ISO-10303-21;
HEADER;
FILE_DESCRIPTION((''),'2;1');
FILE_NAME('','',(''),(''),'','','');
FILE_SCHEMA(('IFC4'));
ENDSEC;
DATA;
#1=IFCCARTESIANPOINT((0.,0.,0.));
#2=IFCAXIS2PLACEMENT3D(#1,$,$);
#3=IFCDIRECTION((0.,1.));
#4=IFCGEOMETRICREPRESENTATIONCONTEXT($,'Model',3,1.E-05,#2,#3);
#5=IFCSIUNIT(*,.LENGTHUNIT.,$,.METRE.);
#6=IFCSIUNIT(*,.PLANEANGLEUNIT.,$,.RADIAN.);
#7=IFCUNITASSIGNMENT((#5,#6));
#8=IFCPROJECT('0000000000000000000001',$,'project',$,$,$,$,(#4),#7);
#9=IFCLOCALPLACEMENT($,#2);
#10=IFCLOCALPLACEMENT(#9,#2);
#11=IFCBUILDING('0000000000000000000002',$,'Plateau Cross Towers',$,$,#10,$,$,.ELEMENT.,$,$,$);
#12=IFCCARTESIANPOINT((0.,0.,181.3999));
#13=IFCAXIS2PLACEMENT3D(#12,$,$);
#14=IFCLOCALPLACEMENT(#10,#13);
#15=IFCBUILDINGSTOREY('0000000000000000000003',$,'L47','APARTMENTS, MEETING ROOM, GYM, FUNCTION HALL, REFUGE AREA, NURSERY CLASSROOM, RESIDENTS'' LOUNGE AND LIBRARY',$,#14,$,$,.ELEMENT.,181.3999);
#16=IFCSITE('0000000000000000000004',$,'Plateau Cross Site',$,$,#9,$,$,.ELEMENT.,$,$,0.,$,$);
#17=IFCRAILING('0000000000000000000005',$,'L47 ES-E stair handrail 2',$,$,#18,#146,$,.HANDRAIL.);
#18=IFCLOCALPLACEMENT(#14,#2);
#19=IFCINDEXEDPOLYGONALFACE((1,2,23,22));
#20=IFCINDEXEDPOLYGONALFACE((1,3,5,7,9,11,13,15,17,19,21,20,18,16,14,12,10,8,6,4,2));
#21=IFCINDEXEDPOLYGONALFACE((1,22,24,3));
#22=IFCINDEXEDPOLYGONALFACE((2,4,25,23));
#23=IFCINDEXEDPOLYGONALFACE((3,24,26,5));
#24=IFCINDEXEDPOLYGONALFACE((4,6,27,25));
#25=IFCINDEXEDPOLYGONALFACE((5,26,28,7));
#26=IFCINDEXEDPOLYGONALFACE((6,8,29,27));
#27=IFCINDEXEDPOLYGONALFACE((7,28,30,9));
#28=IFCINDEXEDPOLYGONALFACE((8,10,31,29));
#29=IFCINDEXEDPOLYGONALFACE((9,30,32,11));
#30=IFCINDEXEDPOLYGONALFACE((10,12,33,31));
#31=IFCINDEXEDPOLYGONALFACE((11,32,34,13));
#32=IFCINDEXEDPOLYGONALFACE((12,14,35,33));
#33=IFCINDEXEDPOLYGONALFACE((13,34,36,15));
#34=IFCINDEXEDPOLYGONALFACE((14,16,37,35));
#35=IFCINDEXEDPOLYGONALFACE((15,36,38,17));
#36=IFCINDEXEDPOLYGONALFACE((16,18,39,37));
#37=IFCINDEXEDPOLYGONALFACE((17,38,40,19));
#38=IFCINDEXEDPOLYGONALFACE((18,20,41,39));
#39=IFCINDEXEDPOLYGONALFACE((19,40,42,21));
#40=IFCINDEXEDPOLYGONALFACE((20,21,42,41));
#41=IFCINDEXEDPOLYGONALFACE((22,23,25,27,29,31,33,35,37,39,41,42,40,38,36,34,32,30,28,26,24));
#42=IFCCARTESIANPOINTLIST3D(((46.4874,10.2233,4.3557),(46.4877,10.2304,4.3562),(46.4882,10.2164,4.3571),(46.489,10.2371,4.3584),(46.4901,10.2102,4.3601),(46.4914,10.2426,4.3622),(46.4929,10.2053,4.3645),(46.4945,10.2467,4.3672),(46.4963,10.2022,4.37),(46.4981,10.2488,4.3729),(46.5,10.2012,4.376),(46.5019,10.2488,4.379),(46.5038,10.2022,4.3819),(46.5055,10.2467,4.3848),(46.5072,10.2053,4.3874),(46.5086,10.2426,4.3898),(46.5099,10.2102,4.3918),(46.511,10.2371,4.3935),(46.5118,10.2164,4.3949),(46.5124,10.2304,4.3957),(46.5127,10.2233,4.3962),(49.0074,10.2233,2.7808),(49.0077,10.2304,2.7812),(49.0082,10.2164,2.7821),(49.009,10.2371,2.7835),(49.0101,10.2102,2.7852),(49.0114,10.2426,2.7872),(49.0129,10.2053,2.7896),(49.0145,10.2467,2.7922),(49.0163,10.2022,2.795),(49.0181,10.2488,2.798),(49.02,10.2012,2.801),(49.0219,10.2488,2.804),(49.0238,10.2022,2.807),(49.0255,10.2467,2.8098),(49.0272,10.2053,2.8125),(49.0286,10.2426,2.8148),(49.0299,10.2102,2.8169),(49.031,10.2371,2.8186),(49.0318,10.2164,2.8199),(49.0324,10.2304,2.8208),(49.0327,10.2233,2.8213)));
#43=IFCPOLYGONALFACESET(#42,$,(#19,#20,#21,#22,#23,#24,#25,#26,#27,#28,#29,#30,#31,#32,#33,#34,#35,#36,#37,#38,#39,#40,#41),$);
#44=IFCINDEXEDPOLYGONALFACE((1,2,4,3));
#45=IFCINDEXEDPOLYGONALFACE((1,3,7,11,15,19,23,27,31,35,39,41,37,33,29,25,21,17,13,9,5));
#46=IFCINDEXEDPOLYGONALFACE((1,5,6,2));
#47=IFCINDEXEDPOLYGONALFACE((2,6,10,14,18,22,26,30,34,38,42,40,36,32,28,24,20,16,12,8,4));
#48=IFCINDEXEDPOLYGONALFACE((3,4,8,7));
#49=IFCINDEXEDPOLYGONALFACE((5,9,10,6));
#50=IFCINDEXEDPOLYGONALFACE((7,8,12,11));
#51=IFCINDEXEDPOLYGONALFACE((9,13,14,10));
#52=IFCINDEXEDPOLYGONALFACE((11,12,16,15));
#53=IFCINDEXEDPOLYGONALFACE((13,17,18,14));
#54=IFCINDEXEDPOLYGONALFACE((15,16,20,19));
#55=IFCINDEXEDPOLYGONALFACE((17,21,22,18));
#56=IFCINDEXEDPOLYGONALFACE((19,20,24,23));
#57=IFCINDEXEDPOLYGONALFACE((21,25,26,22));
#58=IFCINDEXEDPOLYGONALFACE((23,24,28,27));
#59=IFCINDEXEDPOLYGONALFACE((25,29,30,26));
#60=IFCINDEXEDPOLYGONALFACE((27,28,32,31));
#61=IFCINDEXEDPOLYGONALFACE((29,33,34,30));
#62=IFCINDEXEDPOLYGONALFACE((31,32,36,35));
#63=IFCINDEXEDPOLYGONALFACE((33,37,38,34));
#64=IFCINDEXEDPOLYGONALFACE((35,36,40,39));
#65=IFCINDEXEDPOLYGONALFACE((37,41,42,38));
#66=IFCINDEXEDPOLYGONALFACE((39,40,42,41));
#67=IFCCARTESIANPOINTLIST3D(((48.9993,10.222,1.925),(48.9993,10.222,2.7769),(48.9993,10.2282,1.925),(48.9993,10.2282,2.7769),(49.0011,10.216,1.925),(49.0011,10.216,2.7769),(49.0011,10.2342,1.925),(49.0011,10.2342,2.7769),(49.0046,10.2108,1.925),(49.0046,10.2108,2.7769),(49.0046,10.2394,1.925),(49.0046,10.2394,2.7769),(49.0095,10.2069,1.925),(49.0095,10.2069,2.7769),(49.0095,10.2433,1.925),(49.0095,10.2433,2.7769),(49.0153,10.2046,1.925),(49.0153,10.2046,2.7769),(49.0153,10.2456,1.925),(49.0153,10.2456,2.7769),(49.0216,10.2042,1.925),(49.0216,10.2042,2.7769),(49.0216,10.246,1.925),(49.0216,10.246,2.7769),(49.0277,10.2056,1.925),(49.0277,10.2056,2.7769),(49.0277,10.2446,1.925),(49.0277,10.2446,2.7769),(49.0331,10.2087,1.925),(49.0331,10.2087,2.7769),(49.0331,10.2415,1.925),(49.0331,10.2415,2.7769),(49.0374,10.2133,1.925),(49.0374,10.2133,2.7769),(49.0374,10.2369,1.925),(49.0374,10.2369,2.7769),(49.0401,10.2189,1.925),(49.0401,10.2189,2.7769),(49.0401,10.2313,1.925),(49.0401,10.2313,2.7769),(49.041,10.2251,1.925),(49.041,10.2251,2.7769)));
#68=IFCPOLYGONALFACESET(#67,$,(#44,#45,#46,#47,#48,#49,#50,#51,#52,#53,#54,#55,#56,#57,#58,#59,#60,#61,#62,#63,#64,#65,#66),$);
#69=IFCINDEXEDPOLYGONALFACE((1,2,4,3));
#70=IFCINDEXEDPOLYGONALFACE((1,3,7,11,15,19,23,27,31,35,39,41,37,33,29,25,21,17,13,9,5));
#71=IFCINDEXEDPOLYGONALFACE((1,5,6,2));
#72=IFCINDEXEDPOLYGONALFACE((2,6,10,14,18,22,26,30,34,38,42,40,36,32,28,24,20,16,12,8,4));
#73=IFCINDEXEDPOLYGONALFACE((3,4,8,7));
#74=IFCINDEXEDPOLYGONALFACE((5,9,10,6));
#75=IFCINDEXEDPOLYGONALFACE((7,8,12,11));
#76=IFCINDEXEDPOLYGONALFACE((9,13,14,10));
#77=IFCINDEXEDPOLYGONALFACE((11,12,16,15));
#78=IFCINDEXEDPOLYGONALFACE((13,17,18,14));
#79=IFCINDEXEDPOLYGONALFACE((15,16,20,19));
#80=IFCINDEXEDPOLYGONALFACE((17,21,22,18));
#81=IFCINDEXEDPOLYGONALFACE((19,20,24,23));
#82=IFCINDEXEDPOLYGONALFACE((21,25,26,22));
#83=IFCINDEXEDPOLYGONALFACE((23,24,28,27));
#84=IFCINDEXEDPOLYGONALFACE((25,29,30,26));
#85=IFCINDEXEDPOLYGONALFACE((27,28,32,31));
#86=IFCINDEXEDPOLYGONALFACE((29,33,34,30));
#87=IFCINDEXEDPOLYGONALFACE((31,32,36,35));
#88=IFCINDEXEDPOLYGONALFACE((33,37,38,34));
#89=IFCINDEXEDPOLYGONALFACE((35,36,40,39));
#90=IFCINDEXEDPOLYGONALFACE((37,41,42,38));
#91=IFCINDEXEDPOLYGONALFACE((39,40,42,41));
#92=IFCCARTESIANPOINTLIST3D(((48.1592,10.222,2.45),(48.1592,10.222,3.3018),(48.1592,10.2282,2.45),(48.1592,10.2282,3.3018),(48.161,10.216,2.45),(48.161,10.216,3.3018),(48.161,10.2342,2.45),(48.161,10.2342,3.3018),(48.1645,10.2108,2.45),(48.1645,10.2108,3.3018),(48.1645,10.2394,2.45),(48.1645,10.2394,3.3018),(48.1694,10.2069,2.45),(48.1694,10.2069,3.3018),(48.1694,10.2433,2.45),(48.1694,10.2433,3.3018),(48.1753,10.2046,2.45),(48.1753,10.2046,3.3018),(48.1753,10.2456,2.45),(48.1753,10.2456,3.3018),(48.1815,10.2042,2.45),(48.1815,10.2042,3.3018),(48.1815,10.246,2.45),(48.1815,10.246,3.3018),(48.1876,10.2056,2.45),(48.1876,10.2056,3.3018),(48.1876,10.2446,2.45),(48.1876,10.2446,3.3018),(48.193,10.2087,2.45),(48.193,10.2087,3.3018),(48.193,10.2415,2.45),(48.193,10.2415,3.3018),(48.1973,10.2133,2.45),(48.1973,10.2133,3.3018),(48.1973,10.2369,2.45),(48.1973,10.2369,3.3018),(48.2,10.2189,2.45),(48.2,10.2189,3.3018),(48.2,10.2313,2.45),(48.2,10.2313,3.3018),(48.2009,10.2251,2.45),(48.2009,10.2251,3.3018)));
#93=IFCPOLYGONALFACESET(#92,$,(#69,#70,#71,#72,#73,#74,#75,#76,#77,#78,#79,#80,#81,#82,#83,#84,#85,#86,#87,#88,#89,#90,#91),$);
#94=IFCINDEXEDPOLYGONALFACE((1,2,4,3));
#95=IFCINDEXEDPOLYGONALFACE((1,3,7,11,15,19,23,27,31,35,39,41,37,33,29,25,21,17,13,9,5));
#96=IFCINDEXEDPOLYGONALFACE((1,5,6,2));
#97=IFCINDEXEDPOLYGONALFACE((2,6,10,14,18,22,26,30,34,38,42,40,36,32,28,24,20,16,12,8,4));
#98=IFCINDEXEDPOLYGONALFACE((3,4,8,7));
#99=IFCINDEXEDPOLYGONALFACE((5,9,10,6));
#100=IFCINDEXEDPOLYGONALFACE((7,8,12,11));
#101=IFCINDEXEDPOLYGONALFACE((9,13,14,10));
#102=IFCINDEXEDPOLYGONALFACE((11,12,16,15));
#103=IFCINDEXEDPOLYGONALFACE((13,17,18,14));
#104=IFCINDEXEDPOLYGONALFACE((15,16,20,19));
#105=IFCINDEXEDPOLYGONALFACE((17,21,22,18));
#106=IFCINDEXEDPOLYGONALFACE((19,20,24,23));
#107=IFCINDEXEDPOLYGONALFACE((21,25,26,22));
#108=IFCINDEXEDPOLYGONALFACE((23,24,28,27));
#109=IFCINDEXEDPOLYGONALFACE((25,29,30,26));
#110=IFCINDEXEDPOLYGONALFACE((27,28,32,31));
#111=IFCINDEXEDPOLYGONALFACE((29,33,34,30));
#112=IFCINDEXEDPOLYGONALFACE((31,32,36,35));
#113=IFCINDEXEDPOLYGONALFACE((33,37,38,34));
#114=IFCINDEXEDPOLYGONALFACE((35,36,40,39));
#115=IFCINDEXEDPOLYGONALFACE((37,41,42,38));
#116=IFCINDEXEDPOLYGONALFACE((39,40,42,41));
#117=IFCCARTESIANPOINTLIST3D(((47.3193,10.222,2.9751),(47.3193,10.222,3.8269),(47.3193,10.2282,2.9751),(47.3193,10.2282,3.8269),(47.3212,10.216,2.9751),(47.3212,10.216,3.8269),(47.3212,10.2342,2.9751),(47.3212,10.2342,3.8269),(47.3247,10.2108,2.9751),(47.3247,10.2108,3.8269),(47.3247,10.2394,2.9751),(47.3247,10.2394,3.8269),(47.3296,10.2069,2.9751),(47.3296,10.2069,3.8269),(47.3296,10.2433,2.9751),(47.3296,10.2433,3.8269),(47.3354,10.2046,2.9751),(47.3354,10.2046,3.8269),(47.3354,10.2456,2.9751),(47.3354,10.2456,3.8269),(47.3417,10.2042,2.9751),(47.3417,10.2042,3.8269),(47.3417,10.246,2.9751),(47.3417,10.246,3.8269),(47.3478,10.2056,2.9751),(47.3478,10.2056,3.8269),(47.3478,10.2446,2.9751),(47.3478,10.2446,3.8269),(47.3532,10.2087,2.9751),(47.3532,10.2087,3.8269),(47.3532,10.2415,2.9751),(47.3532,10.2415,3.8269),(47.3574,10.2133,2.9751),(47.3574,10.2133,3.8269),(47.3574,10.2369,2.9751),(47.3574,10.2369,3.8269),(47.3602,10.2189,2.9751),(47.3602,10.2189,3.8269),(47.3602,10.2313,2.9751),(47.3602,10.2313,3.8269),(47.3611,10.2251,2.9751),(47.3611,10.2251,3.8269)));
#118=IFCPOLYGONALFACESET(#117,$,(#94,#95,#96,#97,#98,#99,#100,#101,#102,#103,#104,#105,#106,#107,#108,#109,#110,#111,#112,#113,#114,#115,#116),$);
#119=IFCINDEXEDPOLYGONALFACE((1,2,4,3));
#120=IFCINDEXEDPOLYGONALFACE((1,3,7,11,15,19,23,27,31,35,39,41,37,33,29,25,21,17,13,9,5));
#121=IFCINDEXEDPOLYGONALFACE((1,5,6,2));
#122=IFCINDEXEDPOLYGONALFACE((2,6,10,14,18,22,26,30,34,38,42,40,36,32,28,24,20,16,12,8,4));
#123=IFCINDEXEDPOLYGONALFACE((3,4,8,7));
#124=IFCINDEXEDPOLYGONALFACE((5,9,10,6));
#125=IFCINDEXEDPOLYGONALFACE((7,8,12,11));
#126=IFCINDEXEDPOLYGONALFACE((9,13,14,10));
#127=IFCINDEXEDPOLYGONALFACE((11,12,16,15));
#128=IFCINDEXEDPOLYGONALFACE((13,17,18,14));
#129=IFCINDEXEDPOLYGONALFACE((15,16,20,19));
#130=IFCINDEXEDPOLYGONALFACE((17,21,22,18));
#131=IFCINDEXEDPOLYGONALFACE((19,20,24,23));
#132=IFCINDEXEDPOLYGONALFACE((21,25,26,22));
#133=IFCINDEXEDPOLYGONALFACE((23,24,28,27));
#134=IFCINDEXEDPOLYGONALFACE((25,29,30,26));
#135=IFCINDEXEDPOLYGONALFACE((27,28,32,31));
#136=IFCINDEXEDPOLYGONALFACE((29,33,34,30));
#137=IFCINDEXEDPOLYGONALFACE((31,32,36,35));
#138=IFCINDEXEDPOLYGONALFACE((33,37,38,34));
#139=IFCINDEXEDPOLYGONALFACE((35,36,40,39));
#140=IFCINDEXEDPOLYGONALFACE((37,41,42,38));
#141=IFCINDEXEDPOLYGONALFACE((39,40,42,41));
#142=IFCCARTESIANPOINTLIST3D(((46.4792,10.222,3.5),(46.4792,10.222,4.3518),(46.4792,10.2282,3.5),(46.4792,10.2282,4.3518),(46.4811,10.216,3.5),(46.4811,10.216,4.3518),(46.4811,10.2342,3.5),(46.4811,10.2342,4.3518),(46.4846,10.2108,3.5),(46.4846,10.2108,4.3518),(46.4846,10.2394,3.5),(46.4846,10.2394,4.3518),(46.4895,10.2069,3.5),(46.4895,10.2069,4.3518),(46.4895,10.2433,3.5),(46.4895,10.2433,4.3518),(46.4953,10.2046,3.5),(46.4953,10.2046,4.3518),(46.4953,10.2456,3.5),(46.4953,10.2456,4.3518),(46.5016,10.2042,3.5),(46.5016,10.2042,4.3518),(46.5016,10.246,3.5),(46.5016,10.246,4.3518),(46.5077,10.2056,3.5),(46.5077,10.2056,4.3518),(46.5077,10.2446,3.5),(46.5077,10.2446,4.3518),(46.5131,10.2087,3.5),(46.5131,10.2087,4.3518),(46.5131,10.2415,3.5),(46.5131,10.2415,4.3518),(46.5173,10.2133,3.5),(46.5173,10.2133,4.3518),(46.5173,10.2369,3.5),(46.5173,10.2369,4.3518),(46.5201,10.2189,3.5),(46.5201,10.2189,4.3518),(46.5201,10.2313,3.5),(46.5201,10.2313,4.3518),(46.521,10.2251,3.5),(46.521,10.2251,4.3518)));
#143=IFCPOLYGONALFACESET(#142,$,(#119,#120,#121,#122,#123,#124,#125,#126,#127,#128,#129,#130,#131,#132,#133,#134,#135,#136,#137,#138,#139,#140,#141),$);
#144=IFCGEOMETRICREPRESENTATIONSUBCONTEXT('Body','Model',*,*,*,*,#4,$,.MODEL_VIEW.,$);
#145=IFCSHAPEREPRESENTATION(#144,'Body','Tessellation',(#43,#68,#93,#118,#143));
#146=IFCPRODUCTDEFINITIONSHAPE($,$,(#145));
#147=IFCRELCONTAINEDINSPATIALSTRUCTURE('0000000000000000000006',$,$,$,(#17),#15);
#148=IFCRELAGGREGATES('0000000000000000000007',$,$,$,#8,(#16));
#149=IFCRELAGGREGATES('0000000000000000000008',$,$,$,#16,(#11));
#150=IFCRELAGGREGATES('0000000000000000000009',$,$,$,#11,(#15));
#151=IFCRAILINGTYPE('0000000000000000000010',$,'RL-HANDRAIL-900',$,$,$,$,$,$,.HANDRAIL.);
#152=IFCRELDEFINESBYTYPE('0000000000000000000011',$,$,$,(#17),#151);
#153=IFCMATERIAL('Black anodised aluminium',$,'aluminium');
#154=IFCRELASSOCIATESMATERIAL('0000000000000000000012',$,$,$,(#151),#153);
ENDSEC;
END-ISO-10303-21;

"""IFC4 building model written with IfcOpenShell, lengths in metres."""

from ifc_helpers import new_model, si_unit, direction, frame, origin, origin_2d, place, context, subcontext, project, spatial, circle, extrude, material, type_object, element, save


model = new_model("IFC4")

# Units and contexts
model_context = context("Model", 3, precision=1e-05, world=origin(), true_north=direction((0.0, 1.0)))
body_context = subcontext(model_context, "Body", "Model", "MODEL_VIEW")
ifc_project = project(units=[si_unit("LENGTHUNIT", "METRE"), si_unit("PLANEANGLEUNIT", "RADIAN")], contexts=[model_context])

# Site, building, storey
site_placement = place(None, origin())
site = spatial("IfcSite", under=ifc_project, at=site_placement, Name="Plateau Cross Site", CompositionType="ELEMENT", RefElevation=0.0)
building_placement = place(site_placement, origin())
building = spatial("IfcBuilding", under=site, at=building_placement, Name="Plateau Cross Towers", CompositionType="ELEMENT")
storey_placement = place(building_placement, frame((0.0, 0.0, 181.3999)))
storey = spatial("IfcBuildingStorey", under=building, at=storey_placement, Name="L47", Description="APARTMENTS, MEETING ROOM, GYM, FUNCTION HALL, REFUGE AREA, NURSERY CLASSROOM, RESIDENTS' LOUNGE AND LIBRARY", CompositionType="ELEMENT", Elevation=181.3999)

# Shared definitions
ifc_material_1 = material(Name="Black anodised aluminium", Category="aluminium")

# Railing
railing_type_1 = type_object("IfcRailingType", Name="RL-HANDRAIL-900", PredefinedType="HANDRAIL", material=ifc_material_1)
railing_1_placement = place(storey_placement, frame((49.02, 10.2251, 1.925)))
element("IfcRailing", 1, at=railing_1_placement, inside=storey, type_object=railing_type_1, Name="L47 ES-E stair handrail 2", PredefinedType="HANDRAIL", context=body_context, shape_type="SweptSolid", body=[
    extrude(circle(Radius=0.0239, at=origin_2d()), frame((0.0, 0.0, 0.876), z_axis=(-0.848008, 0.0, 0.529984), x_axis=(0.0, -1.0, 0.0)), (0.0, 0.0, 1.0), 2.9717),
    extrude(circle(Radius=0.021, at=origin_2d()), origin(), (0.0, 0.0, 1.0), 0.8518),
    extrude(circle(Radius=0.021, at=origin_2d()), frame((-0.8401, 0.0, 0.5249)), (0.0, 0.0, 1.0), 0.8518),
    extrude(circle(Radius=0.021, at=origin_2d()), frame((-1.6799, 0.0, 1.05)), (0.0, 0.0, 1.0), 0.8518),
    extrude(circle(Radius=0.021, at=origin_2d()), frame((-2.52, 0.0, 1.575)), (0.0, 0.0, 1.0), 0.8518),
])

save(model, "model.ifc")
